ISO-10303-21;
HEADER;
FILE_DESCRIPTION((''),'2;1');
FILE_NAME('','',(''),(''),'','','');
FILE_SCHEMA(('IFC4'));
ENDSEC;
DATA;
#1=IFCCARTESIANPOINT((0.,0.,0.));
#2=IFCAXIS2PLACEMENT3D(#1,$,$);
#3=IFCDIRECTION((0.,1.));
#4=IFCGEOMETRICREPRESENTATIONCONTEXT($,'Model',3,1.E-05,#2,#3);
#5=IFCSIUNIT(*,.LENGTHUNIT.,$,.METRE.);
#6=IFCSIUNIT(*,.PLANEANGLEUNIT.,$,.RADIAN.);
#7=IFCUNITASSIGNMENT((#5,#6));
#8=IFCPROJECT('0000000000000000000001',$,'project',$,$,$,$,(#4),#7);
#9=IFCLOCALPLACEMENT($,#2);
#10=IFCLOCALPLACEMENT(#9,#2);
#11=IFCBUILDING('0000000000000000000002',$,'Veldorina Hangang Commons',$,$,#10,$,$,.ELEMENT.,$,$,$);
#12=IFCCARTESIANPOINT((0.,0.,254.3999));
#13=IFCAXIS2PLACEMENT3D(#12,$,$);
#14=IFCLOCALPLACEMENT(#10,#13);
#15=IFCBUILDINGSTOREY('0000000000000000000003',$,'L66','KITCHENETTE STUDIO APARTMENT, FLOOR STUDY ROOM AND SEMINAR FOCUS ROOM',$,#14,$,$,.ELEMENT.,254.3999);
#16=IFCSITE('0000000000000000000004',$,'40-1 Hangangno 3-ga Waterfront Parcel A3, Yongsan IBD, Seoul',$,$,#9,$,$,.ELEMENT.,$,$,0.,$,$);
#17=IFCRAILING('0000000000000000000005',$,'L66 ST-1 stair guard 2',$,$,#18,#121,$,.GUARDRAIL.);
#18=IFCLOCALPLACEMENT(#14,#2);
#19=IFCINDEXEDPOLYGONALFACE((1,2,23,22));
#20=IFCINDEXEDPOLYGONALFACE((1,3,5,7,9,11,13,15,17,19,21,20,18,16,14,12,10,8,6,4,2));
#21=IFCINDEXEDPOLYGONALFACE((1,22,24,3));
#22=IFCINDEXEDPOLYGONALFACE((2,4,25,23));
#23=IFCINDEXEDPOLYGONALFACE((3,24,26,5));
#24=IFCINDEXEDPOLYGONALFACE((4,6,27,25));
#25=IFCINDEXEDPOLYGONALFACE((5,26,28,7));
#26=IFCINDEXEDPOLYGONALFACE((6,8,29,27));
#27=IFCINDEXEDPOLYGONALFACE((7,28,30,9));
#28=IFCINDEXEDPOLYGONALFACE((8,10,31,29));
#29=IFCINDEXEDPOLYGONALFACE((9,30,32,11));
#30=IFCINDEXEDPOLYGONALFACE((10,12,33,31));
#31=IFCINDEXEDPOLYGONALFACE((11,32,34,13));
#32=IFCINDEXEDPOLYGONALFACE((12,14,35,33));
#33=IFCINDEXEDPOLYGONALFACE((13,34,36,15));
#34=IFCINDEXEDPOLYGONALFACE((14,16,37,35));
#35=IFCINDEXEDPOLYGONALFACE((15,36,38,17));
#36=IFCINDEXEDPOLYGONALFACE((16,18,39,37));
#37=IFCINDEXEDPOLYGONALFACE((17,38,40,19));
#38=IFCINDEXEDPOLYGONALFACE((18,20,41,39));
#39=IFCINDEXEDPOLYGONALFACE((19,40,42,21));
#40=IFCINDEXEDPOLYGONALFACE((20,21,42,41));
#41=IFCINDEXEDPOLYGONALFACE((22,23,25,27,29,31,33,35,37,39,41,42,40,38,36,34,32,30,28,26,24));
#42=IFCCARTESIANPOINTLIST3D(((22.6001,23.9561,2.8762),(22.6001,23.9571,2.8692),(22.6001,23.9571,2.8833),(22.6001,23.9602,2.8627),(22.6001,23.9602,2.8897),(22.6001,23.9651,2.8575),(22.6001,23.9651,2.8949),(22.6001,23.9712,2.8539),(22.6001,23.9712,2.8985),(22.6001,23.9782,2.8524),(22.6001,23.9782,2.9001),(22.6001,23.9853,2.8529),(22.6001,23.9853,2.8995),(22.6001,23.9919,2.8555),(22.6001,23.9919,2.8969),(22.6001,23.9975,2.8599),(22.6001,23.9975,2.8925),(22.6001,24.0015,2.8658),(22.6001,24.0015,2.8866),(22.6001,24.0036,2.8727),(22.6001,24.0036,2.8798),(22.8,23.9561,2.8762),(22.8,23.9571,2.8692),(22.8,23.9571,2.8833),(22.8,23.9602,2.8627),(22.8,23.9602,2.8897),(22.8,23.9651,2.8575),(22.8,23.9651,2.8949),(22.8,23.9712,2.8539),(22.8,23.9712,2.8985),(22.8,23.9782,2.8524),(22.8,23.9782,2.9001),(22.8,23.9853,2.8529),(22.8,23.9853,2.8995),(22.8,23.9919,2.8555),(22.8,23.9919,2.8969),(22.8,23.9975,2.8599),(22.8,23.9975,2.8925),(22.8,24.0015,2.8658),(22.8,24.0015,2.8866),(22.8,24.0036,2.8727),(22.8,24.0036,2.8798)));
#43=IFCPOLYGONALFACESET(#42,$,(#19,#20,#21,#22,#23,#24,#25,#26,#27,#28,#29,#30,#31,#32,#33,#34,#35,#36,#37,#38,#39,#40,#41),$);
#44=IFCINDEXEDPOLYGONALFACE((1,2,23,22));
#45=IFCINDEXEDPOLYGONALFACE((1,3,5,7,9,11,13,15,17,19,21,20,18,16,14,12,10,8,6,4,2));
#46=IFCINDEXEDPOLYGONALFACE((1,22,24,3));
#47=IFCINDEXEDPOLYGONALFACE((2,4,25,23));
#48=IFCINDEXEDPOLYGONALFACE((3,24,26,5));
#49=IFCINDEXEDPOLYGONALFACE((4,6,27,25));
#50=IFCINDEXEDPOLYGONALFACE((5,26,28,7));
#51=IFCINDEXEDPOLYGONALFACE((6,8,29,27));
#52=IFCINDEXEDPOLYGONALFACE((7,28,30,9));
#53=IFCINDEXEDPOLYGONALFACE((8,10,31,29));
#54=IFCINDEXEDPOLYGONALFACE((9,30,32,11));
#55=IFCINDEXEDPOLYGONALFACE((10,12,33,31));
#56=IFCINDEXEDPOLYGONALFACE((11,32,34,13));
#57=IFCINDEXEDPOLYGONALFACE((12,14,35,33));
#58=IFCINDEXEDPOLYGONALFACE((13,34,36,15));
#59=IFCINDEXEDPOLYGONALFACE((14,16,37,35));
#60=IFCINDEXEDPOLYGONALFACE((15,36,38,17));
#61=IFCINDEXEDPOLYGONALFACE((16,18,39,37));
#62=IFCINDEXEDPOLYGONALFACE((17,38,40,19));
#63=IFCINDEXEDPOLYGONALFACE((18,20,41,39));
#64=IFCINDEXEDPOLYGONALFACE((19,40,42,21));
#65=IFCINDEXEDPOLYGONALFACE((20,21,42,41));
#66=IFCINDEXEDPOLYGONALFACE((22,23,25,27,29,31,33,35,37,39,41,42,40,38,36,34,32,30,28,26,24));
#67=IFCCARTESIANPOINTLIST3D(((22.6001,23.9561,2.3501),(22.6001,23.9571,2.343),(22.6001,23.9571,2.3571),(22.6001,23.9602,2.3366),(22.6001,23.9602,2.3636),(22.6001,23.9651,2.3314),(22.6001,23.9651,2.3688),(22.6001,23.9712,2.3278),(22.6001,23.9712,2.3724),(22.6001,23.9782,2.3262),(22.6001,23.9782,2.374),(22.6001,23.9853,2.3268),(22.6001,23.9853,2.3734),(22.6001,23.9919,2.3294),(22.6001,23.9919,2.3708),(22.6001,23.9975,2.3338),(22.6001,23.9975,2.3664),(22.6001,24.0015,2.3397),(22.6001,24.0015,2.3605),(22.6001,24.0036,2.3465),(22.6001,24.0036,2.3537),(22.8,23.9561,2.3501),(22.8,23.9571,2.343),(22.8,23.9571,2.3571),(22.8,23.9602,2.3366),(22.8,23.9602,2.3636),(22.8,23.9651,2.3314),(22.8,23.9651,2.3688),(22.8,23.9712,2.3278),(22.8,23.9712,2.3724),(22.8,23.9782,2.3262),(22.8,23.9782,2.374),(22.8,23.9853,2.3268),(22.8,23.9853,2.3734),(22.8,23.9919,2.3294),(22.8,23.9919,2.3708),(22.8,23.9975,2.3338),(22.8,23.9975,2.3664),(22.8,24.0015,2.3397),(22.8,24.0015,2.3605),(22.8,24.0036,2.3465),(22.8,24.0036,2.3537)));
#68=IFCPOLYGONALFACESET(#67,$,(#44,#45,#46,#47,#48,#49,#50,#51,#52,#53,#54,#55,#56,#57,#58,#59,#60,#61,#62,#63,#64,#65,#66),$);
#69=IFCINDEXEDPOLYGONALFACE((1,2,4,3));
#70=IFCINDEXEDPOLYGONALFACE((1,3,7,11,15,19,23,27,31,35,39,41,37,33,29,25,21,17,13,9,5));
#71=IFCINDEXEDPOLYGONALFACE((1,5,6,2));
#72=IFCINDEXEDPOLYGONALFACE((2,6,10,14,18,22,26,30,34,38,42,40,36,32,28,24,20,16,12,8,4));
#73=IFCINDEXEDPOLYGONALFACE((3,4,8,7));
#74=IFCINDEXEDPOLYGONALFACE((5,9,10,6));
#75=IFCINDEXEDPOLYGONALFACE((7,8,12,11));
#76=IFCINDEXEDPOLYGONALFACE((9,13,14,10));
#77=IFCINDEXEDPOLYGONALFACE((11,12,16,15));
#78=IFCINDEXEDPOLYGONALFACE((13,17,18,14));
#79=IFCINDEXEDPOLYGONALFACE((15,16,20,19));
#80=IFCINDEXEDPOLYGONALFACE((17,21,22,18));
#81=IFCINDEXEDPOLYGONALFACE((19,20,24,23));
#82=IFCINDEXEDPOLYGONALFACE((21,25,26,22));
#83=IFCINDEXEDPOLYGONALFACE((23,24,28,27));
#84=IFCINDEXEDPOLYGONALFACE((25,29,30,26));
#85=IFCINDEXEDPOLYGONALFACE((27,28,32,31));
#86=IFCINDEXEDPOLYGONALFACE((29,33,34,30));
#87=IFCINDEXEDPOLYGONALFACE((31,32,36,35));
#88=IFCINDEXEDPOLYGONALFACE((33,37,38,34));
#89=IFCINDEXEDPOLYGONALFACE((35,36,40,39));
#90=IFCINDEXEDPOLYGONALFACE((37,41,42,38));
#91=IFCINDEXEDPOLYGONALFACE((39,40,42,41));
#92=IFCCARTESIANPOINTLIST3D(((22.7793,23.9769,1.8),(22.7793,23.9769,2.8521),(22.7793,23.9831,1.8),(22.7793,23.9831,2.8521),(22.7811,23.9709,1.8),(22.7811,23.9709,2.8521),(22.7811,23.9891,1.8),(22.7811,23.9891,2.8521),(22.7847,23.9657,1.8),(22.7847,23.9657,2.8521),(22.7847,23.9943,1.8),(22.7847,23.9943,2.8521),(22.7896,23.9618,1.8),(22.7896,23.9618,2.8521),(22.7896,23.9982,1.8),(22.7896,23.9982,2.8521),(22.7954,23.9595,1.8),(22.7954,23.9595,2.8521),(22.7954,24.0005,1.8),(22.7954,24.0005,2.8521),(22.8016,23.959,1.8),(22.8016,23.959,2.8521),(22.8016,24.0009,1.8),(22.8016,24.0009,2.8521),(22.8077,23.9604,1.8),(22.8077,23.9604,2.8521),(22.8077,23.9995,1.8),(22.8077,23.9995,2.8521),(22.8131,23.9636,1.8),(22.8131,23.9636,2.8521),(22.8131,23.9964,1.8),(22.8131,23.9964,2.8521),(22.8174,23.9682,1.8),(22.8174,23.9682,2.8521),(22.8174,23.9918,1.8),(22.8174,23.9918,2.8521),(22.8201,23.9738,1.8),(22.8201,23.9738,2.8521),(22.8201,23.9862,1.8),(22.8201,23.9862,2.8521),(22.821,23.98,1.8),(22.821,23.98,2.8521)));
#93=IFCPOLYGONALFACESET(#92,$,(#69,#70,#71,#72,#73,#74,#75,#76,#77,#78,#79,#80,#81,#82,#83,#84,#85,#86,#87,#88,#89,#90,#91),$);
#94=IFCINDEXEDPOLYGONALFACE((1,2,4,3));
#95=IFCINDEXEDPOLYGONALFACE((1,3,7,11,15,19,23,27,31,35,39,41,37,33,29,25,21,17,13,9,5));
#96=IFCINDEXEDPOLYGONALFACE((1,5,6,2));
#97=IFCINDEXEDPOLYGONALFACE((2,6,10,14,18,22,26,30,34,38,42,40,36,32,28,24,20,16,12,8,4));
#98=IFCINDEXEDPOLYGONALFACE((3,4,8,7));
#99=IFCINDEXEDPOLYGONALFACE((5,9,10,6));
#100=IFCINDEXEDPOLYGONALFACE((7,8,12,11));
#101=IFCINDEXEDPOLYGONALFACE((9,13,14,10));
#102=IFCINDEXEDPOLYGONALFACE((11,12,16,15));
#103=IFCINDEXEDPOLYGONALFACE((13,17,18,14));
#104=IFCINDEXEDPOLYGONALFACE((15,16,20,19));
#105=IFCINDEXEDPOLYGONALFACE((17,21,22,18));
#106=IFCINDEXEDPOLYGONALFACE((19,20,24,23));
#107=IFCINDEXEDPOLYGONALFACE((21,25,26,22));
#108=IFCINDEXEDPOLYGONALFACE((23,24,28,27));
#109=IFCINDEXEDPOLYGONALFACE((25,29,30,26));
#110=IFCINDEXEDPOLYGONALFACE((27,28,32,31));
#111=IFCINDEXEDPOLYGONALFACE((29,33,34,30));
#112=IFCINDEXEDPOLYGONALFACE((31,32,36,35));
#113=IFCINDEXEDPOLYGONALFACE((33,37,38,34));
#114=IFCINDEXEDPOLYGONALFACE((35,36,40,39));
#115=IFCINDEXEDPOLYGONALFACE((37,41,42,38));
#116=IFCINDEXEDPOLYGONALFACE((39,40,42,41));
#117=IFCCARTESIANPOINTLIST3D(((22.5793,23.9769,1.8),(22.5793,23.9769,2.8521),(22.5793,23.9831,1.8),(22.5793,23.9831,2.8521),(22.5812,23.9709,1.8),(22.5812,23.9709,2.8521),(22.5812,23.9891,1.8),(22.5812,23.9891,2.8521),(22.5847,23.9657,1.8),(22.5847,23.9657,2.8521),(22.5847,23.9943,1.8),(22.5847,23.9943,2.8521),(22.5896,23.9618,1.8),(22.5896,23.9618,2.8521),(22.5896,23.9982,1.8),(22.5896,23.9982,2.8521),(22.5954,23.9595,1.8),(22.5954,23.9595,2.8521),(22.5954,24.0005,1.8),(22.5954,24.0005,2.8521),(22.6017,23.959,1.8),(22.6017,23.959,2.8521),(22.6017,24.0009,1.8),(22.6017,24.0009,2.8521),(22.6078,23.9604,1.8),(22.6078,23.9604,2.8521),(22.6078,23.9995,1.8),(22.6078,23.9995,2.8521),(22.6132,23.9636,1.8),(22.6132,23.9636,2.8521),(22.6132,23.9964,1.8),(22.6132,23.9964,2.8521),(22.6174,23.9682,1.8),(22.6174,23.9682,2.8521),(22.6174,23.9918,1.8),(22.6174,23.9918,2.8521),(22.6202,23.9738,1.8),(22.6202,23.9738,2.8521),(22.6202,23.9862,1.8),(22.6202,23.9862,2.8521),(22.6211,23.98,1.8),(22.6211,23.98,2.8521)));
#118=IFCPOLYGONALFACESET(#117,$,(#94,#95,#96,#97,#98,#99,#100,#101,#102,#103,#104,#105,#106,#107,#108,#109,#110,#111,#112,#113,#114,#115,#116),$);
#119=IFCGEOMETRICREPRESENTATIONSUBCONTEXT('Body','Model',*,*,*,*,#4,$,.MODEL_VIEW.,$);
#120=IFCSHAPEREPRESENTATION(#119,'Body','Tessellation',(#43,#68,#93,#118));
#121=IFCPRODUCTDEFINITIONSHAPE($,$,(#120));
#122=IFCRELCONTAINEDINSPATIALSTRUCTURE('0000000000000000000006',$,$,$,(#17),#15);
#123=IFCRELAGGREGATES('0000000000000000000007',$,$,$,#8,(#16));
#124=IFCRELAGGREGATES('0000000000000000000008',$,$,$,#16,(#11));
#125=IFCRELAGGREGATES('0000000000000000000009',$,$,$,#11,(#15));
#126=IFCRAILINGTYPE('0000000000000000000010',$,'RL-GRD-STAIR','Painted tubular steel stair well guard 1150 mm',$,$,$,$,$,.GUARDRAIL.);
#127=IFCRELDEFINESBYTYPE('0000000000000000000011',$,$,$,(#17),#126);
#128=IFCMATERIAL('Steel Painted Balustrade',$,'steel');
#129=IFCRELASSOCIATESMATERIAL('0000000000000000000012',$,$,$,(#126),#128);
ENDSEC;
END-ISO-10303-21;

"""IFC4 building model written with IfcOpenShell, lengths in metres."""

from ifc_helpers import new_model, si_unit, direction, frame, origin, origin_2d, place, context, subcontext, project, spatial, circle, extrude, material, type_object, element, save


model = new_model("IFC4")

# Units and contexts
model_context = context("Model", 3, precision=1e-05, world=origin(), true_north=direction((0.0, 1.0)))
body_context = subcontext(model_context, "Body", "Model", "MODEL_VIEW")
ifc_project = project(units=[si_unit("LENGTHUNIT", "METRE"), si_unit("PLANEANGLEUNIT", "RADIAN")], contexts=[model_context])

# Site, building, storey
site_placement = place(None, origin())
site = spatial("IfcSite", under=ifc_project, at=site_placement, Name="40-1 Hangangno 3-ga Waterfront Parcel A3, Yongsan IBD, Seoul", CompositionType="ELEMENT", RefElevation=0.0)
building_placement = place(site_placement, origin())
building = spatial("IfcBuilding", under=site, at=building_placement, Name="Veldorina Hangang Commons", CompositionType="ELEMENT")
storey_placement = place(building_placement, frame((0.0, 0.0, 254.3999)))
storey = spatial("IfcBuildingStorey", under=building, at=storey_placement, Name="L66", Description="KITCHENETTE STUDIO APARTMENT, FLOOR STUDY ROOM AND SEMINAR FOCUS ROOM", CompositionType="ELEMENT", Elevation=254.3999)

# Railing
ifc_material_1 = material(Name="Steel Painted Balustrade", Category="steel")
railing_type = type_object("IfcRailingType", Name="RL-GRD-STAIR", Description="Painted tubular steel stair well guard 1150 mm", PredefinedType="GUARDRAIL", material=ifc_material_1)
railing_1_placement = place(storey_placement, frame((22.8, 23.98, 1.8)))
element("IfcRailing", 1, at=railing_1_placement, inside=storey, type_object=railing_type, Name="L66 ST-1 stair guard 2", PredefinedType="GUARDRAIL", context=body_context, shape_type="SweptSolid", body=[
    extrude(circle(Radius=0.0239, at=origin_2d()), frame((0.0, 0.0, 1.0762), z_axis=(-1.0, 0.0, 0.0), x_axis=(0.0, -1.0, 0.0)), (0.0, 0.0, 1.0), 0.2),
    extrude(circle(Radius=0.0239, at=origin_2d()), frame((0.0, 0.0, 0.55), z_axis=(-1.0, 0.0, 0.0), x_axis=(0.0, -1.0, 0.0)), (0.0, 0.0, 1.0), 0.2),
    extrude(circle(Radius=0.021, at=origin_2d()), origin(), (0.0, 0.0, 1.0), 1.052),
    extrude(circle(Radius=0.021, at=origin_2d()), frame((-0.2, 0.0, 0.0)), (0.0, 0.0, 1.0), 1.052),
])

save(model, "model.ifc")
